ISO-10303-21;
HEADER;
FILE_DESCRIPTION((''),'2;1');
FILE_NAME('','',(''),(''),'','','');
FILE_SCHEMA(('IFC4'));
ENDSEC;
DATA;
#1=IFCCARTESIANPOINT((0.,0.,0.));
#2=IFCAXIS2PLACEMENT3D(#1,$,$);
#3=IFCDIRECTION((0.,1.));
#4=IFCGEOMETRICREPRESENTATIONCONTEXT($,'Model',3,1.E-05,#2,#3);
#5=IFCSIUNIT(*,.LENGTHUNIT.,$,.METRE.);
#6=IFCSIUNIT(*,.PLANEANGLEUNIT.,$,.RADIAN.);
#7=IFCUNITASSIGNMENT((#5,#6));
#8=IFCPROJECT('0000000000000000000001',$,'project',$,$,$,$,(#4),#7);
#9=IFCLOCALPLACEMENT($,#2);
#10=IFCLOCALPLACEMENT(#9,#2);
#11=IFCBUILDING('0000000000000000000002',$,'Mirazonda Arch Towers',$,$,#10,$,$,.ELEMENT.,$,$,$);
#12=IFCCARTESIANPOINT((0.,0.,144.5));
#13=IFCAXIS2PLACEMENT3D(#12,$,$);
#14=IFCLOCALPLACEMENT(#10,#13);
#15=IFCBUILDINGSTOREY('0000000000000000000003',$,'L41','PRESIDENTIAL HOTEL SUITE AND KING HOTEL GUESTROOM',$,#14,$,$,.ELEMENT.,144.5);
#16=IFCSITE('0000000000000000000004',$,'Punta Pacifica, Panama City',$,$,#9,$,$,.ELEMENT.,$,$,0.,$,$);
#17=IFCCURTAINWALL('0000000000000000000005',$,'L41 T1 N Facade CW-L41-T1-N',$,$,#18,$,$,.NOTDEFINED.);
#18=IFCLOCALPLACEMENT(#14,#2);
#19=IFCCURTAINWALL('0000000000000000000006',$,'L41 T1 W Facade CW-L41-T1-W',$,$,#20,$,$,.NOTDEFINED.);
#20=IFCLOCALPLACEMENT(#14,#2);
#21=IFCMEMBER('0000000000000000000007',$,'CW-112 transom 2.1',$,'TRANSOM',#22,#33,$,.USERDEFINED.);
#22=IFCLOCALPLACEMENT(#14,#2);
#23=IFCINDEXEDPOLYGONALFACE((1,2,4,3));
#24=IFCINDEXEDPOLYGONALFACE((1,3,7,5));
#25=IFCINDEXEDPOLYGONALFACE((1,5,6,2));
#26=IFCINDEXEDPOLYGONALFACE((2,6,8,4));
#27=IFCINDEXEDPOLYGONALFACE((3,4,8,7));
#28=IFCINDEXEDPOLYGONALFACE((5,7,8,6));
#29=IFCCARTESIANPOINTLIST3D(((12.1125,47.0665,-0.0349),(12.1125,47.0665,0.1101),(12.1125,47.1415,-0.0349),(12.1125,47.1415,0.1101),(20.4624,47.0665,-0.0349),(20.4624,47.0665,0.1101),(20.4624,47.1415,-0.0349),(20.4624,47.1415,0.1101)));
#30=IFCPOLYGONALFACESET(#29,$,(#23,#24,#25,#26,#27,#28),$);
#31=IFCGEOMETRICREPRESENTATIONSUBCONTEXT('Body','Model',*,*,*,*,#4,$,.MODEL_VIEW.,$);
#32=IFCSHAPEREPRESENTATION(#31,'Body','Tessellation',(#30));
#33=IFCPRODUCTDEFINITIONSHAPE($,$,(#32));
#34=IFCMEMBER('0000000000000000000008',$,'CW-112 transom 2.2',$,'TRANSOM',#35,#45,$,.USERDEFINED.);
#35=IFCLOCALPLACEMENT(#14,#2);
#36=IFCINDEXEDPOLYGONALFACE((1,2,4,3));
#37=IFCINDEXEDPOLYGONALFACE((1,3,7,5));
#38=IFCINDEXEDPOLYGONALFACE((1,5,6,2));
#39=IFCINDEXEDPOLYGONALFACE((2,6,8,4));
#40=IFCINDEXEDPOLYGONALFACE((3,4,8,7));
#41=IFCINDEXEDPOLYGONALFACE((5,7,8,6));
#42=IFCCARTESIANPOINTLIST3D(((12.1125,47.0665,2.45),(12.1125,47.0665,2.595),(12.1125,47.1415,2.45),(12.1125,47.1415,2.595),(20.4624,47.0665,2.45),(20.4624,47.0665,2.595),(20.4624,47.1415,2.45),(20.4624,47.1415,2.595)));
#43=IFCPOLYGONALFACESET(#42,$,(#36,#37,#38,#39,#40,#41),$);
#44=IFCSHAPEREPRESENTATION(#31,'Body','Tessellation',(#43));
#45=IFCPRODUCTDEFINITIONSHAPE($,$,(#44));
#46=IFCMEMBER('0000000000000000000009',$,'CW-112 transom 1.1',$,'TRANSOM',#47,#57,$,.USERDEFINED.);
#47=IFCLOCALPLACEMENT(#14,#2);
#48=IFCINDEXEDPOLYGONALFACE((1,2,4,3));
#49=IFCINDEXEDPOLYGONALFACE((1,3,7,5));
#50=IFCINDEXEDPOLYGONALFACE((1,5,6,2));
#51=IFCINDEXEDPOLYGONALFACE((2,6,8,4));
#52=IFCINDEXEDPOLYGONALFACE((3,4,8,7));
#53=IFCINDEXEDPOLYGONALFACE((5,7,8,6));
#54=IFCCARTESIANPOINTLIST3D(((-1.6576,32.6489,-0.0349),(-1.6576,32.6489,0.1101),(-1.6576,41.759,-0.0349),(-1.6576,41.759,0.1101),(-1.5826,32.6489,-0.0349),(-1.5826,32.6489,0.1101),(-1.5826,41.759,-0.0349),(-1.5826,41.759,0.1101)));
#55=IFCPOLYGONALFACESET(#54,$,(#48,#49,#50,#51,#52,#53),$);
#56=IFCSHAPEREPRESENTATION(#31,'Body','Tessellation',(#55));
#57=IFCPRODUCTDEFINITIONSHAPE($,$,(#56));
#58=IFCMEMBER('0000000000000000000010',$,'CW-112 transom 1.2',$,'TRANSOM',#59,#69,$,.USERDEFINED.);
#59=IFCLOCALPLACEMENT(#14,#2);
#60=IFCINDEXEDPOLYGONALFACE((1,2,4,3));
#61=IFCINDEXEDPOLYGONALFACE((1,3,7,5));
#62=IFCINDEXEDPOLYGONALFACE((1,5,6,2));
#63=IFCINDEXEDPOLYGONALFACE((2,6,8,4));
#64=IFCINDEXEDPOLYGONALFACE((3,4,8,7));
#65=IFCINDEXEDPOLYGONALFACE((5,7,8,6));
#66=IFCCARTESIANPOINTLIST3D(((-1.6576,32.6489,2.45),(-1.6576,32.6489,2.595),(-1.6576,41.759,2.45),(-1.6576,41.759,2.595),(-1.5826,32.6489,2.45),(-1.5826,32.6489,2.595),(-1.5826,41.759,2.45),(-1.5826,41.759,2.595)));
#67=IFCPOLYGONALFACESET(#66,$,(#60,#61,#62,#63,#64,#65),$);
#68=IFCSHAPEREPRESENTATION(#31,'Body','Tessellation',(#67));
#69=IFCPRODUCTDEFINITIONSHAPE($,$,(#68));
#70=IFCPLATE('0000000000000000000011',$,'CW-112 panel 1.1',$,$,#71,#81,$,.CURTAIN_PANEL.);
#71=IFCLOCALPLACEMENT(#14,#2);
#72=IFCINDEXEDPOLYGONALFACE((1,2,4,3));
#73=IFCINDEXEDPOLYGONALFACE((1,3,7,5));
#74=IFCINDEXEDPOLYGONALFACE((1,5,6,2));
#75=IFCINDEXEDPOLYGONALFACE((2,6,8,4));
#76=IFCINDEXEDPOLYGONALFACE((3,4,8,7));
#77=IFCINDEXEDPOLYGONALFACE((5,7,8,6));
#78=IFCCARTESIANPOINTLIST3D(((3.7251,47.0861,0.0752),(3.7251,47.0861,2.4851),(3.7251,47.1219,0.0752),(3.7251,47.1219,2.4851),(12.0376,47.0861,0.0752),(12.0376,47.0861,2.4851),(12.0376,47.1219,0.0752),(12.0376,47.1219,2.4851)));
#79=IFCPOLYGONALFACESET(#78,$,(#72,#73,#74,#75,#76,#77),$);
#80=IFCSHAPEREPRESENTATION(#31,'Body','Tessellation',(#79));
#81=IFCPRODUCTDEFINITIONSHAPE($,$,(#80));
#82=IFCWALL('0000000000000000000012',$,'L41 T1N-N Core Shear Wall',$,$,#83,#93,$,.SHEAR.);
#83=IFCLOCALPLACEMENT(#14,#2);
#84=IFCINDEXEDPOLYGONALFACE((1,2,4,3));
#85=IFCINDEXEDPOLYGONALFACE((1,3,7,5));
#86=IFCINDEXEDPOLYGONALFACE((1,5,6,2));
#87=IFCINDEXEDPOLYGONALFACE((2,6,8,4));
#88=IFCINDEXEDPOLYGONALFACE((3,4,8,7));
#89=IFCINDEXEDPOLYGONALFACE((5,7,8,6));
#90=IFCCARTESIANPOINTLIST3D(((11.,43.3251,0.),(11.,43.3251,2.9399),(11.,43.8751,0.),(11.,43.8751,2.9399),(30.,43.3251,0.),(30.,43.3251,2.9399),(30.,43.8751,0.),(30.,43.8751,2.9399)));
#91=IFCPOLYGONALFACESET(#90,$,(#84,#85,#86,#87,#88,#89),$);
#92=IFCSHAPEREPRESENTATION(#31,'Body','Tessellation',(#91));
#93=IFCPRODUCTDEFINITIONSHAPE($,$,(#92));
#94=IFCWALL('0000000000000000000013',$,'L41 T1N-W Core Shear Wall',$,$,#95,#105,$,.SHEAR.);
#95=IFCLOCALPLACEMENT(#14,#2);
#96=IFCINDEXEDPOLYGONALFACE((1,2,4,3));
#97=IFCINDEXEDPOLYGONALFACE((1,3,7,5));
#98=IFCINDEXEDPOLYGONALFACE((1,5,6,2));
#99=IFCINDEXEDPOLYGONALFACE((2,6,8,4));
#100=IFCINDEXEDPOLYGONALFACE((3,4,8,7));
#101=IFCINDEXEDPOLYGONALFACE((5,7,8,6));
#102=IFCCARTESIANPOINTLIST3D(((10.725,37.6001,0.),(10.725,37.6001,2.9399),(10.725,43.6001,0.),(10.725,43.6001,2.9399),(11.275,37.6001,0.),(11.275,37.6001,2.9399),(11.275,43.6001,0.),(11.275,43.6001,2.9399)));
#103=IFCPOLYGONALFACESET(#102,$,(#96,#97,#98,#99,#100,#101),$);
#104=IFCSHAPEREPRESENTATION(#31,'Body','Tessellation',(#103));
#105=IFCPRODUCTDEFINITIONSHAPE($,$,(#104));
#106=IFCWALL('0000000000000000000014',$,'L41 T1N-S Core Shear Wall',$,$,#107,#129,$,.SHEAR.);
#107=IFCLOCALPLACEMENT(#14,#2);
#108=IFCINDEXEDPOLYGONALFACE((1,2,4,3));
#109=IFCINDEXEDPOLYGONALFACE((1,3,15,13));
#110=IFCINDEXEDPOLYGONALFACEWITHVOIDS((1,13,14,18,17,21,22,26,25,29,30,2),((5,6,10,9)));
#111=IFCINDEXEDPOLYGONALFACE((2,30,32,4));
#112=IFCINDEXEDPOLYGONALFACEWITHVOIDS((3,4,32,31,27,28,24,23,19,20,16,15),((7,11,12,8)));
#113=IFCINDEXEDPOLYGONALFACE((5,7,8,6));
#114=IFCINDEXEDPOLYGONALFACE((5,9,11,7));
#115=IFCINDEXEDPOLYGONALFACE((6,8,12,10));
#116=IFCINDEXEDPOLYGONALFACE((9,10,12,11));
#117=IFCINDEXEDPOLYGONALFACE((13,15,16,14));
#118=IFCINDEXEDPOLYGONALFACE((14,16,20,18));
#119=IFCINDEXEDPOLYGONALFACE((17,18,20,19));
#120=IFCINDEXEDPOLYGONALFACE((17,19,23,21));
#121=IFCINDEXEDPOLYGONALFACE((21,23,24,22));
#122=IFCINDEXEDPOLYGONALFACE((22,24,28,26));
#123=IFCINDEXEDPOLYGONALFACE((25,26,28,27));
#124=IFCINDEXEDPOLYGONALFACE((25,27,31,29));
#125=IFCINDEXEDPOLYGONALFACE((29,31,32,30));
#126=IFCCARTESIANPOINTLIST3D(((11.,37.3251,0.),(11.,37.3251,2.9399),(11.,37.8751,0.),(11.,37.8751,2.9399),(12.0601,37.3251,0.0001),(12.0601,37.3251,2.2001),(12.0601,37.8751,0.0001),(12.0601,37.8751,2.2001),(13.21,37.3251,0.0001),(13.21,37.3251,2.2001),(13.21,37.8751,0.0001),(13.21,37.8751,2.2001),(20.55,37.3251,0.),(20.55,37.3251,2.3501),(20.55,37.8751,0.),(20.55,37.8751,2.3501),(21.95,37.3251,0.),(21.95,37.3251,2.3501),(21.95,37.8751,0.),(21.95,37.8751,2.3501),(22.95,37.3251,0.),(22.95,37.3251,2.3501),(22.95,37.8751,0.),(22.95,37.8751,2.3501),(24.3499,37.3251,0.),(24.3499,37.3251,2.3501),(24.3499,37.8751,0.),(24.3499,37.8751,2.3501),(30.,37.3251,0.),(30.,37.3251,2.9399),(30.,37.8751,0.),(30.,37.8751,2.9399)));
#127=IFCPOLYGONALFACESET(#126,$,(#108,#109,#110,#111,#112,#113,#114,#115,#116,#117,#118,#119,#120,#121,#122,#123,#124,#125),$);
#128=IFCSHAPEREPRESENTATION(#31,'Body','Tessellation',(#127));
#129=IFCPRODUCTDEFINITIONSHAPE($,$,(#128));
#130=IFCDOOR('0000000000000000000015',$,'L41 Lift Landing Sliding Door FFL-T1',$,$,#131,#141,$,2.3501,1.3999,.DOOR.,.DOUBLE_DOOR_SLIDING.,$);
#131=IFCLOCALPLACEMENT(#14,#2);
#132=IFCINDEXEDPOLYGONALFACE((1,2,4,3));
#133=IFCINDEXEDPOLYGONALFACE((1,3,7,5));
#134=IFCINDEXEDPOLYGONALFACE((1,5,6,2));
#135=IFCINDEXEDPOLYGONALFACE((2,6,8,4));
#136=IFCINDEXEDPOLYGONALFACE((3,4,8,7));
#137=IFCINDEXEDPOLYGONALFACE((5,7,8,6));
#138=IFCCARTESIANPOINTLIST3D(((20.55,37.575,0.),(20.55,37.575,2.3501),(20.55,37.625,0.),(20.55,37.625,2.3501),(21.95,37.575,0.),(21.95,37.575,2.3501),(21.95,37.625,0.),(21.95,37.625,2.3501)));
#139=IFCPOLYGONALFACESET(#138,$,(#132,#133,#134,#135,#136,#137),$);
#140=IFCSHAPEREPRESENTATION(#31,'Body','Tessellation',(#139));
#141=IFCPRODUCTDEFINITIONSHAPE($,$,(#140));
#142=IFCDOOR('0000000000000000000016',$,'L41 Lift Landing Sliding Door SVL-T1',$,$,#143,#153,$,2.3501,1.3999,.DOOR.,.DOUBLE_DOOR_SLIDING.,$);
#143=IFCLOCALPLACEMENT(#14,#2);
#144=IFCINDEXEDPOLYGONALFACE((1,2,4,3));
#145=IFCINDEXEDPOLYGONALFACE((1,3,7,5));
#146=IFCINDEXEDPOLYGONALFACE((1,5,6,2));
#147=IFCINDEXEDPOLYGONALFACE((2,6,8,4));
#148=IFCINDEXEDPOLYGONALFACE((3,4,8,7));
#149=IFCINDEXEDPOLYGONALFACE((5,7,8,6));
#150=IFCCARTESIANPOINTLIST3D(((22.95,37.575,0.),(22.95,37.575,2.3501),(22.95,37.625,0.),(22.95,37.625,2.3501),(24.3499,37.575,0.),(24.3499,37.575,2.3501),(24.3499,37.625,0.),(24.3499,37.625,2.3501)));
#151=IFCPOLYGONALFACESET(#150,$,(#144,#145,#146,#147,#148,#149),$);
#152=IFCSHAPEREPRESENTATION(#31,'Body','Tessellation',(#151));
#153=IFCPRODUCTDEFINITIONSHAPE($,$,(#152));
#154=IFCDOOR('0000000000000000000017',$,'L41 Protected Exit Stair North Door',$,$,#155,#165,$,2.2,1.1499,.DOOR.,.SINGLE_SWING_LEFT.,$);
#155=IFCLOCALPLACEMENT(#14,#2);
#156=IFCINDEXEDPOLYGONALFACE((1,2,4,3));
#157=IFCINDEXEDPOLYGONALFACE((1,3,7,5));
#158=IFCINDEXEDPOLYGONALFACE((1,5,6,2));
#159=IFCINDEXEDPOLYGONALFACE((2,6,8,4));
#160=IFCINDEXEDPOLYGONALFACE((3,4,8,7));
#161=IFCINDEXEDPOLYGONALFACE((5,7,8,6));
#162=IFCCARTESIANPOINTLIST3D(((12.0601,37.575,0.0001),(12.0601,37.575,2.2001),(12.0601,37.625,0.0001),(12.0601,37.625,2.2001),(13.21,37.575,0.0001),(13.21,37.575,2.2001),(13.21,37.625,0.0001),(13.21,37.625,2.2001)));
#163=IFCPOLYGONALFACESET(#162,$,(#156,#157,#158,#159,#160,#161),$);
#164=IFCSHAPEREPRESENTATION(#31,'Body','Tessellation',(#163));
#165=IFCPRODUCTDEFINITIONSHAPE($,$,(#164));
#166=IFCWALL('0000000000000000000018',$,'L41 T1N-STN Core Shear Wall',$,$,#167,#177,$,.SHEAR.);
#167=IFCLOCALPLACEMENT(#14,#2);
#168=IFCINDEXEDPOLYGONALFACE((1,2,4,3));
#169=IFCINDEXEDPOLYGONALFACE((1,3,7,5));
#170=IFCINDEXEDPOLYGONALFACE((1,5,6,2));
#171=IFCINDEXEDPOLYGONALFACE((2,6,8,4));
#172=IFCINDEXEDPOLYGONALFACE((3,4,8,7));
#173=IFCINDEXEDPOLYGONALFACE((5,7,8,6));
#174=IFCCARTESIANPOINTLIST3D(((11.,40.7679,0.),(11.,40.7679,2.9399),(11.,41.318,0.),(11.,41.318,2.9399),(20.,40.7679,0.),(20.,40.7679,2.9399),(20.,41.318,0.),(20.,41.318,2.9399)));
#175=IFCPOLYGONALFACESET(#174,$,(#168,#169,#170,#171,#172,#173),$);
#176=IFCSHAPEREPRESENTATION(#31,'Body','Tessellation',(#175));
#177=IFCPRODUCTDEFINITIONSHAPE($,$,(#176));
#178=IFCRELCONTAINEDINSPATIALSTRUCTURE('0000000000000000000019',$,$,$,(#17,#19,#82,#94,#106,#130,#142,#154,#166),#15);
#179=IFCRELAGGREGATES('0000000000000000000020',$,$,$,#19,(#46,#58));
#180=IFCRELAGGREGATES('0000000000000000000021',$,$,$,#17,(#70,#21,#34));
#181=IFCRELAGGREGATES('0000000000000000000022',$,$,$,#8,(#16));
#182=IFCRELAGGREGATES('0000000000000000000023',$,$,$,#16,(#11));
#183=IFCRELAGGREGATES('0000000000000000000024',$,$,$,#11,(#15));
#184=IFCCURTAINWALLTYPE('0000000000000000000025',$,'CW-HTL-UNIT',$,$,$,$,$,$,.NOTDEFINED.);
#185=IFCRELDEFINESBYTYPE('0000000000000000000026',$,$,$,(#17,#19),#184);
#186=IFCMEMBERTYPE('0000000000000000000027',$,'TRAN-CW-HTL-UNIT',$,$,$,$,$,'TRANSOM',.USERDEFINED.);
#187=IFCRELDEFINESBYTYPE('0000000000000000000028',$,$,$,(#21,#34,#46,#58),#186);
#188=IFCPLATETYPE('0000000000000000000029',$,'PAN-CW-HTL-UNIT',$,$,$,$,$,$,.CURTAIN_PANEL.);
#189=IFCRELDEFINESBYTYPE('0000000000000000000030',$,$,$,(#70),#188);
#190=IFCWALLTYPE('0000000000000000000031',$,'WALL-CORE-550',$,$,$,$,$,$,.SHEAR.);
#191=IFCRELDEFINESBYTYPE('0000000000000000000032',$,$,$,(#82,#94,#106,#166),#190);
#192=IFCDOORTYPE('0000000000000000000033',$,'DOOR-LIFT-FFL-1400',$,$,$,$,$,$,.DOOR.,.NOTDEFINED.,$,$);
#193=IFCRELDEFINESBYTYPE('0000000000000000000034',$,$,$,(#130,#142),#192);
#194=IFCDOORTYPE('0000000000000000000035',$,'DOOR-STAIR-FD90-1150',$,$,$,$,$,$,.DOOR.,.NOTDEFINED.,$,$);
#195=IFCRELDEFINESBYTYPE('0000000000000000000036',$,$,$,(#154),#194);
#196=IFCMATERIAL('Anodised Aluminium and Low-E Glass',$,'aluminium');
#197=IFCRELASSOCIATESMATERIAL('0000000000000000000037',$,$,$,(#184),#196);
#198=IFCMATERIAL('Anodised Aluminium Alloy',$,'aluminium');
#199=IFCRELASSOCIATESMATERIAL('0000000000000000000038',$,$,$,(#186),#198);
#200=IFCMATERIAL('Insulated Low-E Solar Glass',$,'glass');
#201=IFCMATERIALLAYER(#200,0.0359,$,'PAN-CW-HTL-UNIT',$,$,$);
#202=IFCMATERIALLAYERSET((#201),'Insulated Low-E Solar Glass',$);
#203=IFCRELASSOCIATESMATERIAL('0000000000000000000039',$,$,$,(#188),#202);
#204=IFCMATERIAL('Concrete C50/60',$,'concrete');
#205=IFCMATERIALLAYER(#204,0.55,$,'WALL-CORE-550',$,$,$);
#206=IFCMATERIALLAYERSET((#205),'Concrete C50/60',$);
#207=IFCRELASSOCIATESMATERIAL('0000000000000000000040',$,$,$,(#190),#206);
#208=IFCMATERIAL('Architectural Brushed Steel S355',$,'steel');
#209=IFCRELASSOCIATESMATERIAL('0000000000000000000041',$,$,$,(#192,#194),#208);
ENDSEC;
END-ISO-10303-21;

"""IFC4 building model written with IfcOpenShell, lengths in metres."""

from ifc_helpers import new_model, si_unit, direction, frame, frame_2d, origin, origin_2d, place, context, subcontext, project, spatial, rectangle, extrude, material, layer, layer_set, material_profile, profile_set, type_object, element, fill, aggregate, save


model = new_model("IFC4")

# Units and contexts
model_context = context("Model", 3, precision=1e-05, world=origin(), true_north=direction((0.0, 1.0)))
body_context = subcontext(model_context, "Body", "Model", "MODEL_VIEW")
ifc_project = project(units=[si_unit("LENGTHUNIT", "METRE"), si_unit("PLANEANGLEUNIT", "RADIAN")], contexts=[model_context])

# Site, building, storey
site_placement = place(None, origin())
site = spatial("IfcSite", under=ifc_project, at=site_placement, Name="Punta Pacifica, Panama City", CompositionType="ELEMENT", RefElevation=0.0)
building_placement = place(site_placement, origin())
building = spatial("IfcBuilding", under=site, at=building_placement, Name="Mirazonda Arch Towers", CompositionType="ELEMENT")
storey_placement = place(building_placement, frame((0.0, 0.0, 144.5)))
storey = spatial("IfcBuildingStorey", under=building, at=storey_placement, Name="L41", Description="PRESIDENTIAL HOTEL SUITE AND KING HOTEL GUESTROOM", CompositionType="ELEMENT", Elevation=144.5)

# Shared definitions
ifc_material_1 = material(Name="Concrete C50/60", Category="concrete")

# Curtain wall
ifc_material_2 = material(Name="Anodised Aluminium and Low-E Glass", Category="aluminium")
curtain_wall_type = type_object("IfcCurtainWallType", Name="CW-HTL-UNIT", PredefinedType="NOTDEFINED", material=ifc_material_2)
curtain_wall_1_placement = place(storey_placement, origin())
curtain_wall_1 = element("IfcCurtainWall", 1, at=curtain_wall_1_placement, inside=storey, type_object=curtain_wall_type, Name="L41 T1 N Facade CW-L41-T1-N", PredefinedType="NOTDEFINED")
ifc_material_3 = material(Name="Anodised Aluminium Alloy", Category="aluminium")

# Curtain wall
curtain_wall_2_placement = place(storey_placement, origin())
curtain_wall_2 = element("IfcCurtainWall", 2, at=curtain_wall_2_placement, inside=storey, type_object=curtain_wall_type, Name="L41 T1 W Facade CW-L41-T1-W", PredefinedType="NOTDEFINED")

# Members
ifc_material_profile_1 = material_profile(ifc_material_3, rectangle(XDim=0.075, YDim=0.145, at=origin_2d()), Name="ALU-TRAN-75x145")
ifc_profile_set_1 = profile_set([ifc_material_profile_1], Name="Anodised Aluminium Alloy")
member_type_1 = type_object("IfcMemberType", Name="TRAN-CW-HTL-UNIT", ElementType="TRANSOM", PredefinedType="USERDEFINED", material=ifc_profile_set_1)
member_1_placement = place(storey_placement, frame((12.1125, 47.104, 0.0376), z_axis=(1.0, 0.0, 0.0), x_axis=(0.0, 1.0, 0.0)))
member_1 = element("IfcMember", 3, at=member_1_placement, type_object=member_type_1, Name="CW-112 transom 2.1", ObjectType="TRANSOM", PredefinedType="USERDEFINED", context=body_context, shape_type="SweptSolid", body=[
    extrude(rectangle(XDim=0.075, YDim=0.145, at=origin_2d()), origin(), (0.0, 0.0, 1.0), 8.3499),
])
member_2_placement = place(storey_placement, frame((12.1125, 47.104, 2.5225), z_axis=(1.0, 0.0, 0.0), x_axis=(0.0, 1.0, 0.0)))
member_2 = element("IfcMember", 4, at=member_2_placement, type_object=member_type_1, Name="CW-112 transom 2.2", ObjectType="TRANSOM", PredefinedType="USERDEFINED", context=body_context, shape_type="SweptSolid", body=[
    extrude(rectangle(XDim=0.075, YDim=0.145, at=origin_2d()), origin(), (0.0, 0.0, 1.0), 8.3499),
])
member_3_placement = place(storey_placement, frame((-1.6201, 41.759, 0.0376), z_axis=(0.0, -1.0, 0.0), x_axis=(1.0, 0.0, 0.0)))
member_3 = element("IfcMember", 5, at=member_3_placement, type_object=member_type_1, Name="CW-112 transom 1.1", ObjectType="TRANSOM", PredefinedType="USERDEFINED", context=body_context, shape_type="SweptSolid", body=[
    extrude(rectangle(XDim=0.075, YDim=0.145, at=origin_2d()), origin(), (0.0, 0.0, 1.0), 9.1101),
])
member_4_placement = place(storey_placement, frame((-1.6201, 41.759, 2.5225), z_axis=(0.0, -1.0, 0.0), x_axis=(1.0, 0.0, 0.0)))
member_4 = element("IfcMember", 6, at=member_4_placement, type_object=member_type_1, Name="CW-112 transom 1.2", ObjectType="TRANSOM", PredefinedType="USERDEFINED", context=body_context, shape_type="SweptSolid", body=[
    extrude(rectangle(XDim=0.075, YDim=0.145, at=origin_2d()), origin(), (0.0, 0.0, 1.0), 9.1101),
])
aggregate(curtain_wall_2, [member_3, member_4])

# Plate
ifc_material_4 = material(Name="Insulated Low-E Solar Glass", Category="glass")
ifc_layer_1 = layer(ifc_material_4, 0.0359, Name="PAN-CW-HTL-UNIT")
ifc_layer_set_1 = layer_set([ifc_layer_1], Name="Insulated Low-E Solar Glass")
plate_type = type_object("IfcPlateType", Name="PAN-CW-HTL-UNIT", PredefinedType="CURTAIN_PANEL", material=ifc_layer_set_1)
plate_placement = place(storey_placement, frame((7.8813, 47.104, 0.0752), z_axis=(0.0, 0.0, 1.0), x_axis=(1.0, 0.0, 0.0)))
plate = element("IfcPlate", 7, at=plate_placement, type_object=plate_type, Name="CW-112 panel 1.1", PredefinedType="CURTAIN_PANEL", context=body_context, shape_type="SweptSolid", body=[
    extrude(rectangle(XDim=8.3125, YDim=0.0359, at=origin_2d()), origin(), (0.0, 0.0, 1.0), 2.4099),
])
aggregate(curtain_wall_1, [plate, member_1, member_2])

# Walls
ifc_layer_2 = layer(ifc_material_1, 0.55, Name="WALL-CORE-550")
ifc_layer_set_2 = layer_set([ifc_layer_2], Name="Concrete C50/60")
wall_type_1 = type_object("IfcWallType", Name="WALL-CORE-550", PredefinedType="SHEAR", material=ifc_layer_set_2)
wall_1_placement = place(storey_placement, frame((11.0, 43.6001, 0.0), z_axis=(0.0, 0.0, 1.0), x_axis=(1.0, 0.0, 0.0)))
element("IfcWall", 8, at=wall_1_placement, inside=storey, type_object=wall_type_1, Name="L41 T1N-N Core Shear Wall", PredefinedType="SHEAR", context=body_context, shape_type="SweptSolid", body=[
    extrude(rectangle(XDim=19.0, YDim=0.55, at=frame_2d((9.5, 0.0))), origin(), (0.0, 0.0, 1.0), 2.9399),
])
wall_2_placement = place(storey_placement, frame((11.0, 37.6001, 0.0), z_axis=(0.0, 0.0, 1.0), x_axis=(0.0, 1.0, 0.0)))
element("IfcWall", 9, at=wall_2_placement, inside=storey, type_object=wall_type_1, Name="L41 T1N-W Core Shear Wall", PredefinedType="SHEAR", context=body_context, shape_type="SweptSolid", body=[
    extrude(rectangle(XDim=6.0, YDim=0.55, at=frame_2d((3.0, 0.0))), origin(), (0.0, 0.0, 1.0), 2.9399),
])

# Wall, openings, doors
wall_3_placement = place(storey_placement, frame((11.0, 37.6001, 0.0), z_axis=(0.0, 0.0, 1.0), x_axis=(1.0, 0.0, 0.0)))
wall_3 = element("IfcWall", 10, at=wall_3_placement, inside=storey, type_object=wall_type_1, Name="L41 T1N-S Core Shear Wall", PredefinedType="SHEAR", context=body_context, shape_type="SweptSolid", body=[
    extrude(rectangle(XDim=19.0, YDim=0.55, at=frame_2d((9.5, 0.0))), origin(), (0.0, 0.0, 1.0), 2.9399),
])
opening_1_placement = place(wall_3_placement, frame((1.0601, 0.0, 0.0)))
opening_1 = element("IfcOpeningElement", 11, at=opening_1_placement, cuts=wall_3, PredefinedType="OPENING", context=body_context, shape_type="SweptSolid", body=[
    extrude(rectangle(XDim=1.1499, YDim=2.2, at=frame_2d((0.575, 1.1001))), frame((0.0, 0.2849, 0.0), z_axis=(0.0, -1.0, 0.0), x_axis=(1.0, 0.0, 0.0)), (0.0, 0.0, 1.0), 0.5701),
])
opening_2_placement = place(wall_3_placement, frame((9.55, 0.0, 0.0)))
opening_2 = element("IfcOpeningElement", 12, at=opening_2_placement, cuts=wall_3, PredefinedType="OPENING", context=body_context, shape_type="SweptSolid", body=[
    extrude(rectangle(XDim=1.3999, YDim=2.3501, at=frame_2d((0.7, 1.175))), frame((0.0, 0.2849, 0.0), z_axis=(0.0, -1.0, 0.0), x_axis=(1.0, 0.0, 0.0)), (0.0, 0.0, 1.0), 0.5701),
])
opening_3_placement = place(wall_3_placement, frame((11.95, 0.0, 0.0)))
opening_3 = element("IfcOpeningElement", 13, at=opening_3_placement, cuts=wall_3, PredefinedType="OPENING", context=body_context, shape_type="SweptSolid", body=[
    extrude(rectangle(XDim=1.3999, YDim=2.3501, at=frame_2d((0.7, 1.175))), frame((0.0, 0.2849, 0.0), z_axis=(0.0, -1.0, 0.0), x_axis=(1.0, 0.0, 0.0)), (0.0, 0.0, 1.0), 0.5701),
])
ifc_material_5 = material(Name="Architectural Brushed Steel S355", Category="steel")
door_type_1 = type_object("IfcDoorType", Name="DOOR-LIFT-FFL-1400", OperationType="NOTDEFINED", PredefinedType="DOOR", material=ifc_material_5)
door_1_placement = place(opening_2_placement, origin())
door_1 = element("IfcDoor", 14, at=door_1_placement, inside=storey, type_object=door_type_1, Name="L41 Lift Landing Sliding Door FFL-T1", OperationType="DOUBLE_DOOR_SLIDING", OverallHeight=2.3501, OverallWidth=1.3999, PredefinedType="DOOR", context=body_context, shape_type="SweptSolid", body=[
    extrude(rectangle(XDim=1.3999, YDim=2.3501, at=frame_2d((0.7, 1.175))), frame((0.0, 0.0249, 0.0), z_axis=(0.0, -1.0, 0.0), x_axis=(1.0, 0.0, 0.0)), (0.0, 0.0, 1.0), 0.05),
])
fill(opening_2, door_1)
door_2_placement = place(opening_3_placement, origin())
door_2 = element("IfcDoor", 15, at=door_2_placement, inside=storey, type_object=door_type_1, Name="L41 Lift Landing Sliding Door SVL-T1", OperationType="DOUBLE_DOOR_SLIDING", OverallHeight=2.3501, OverallWidth=1.3999, PredefinedType="DOOR", context=body_context, shape_type="SweptSolid", body=[
    extrude(rectangle(XDim=1.3999, YDim=2.3501, at=frame_2d((0.7, 1.175))), frame((0.0, 0.0249, 0.0), z_axis=(0.0, -1.0, 0.0), x_axis=(1.0, 0.0, 0.0)), (0.0, 0.0, 1.0), 0.05),
])
fill(opening_3, door_2)
door_type_2 = type_object("IfcDoorType", Name="DOOR-STAIR-FD90-1150", OperationType="NOTDEFINED", PredefinedType="DOOR", material=ifc_material_5)
door_3_placement = place(opening_1_placement, origin())
door_3 = element("IfcDoor", 16, at=door_3_placement, inside=storey, type_object=door_type_2, Name="L41 Protected Exit Stair North Door", OperationType="SINGLE_SWING_LEFT", OverallHeight=2.2, OverallWidth=1.1499, PredefinedType="DOOR", context=body_context, shape_type="SweptSolid", body=[
    extrude(rectangle(XDim=1.1499, YDim=2.2, at=frame_2d((0.575, 1.1001))), frame((0.0, 0.0249, 0.0), z_axis=(0.0, -1.0, 0.0), x_axis=(1.0, 0.0, 0.0)), (0.0, 0.0, 1.0), 0.05),
])
fill(opening_1, door_3)

# Wall
wall_4_placement = place(storey_placement, frame((11.0, 41.043, 0.0), z_axis=(0.0, 0.0, 1.0), x_axis=(1.0, 0.0, 0.0)))
element("IfcWall", 17, at=wall_4_placement, inside=storey, type_object=wall_type_1, Name="L41 T1N-STN Core Shear Wall", PredefinedType="SHEAR", context=body_context, shape_type="SweptSolid", body=[
    extrude(rectangle(XDim=9.0, YDim=0.55, at=frame_2d((4.5, 0.0))), origin(), (0.0, 0.0, 1.0), 2.9399),
])

save(model, "model.ifc")
